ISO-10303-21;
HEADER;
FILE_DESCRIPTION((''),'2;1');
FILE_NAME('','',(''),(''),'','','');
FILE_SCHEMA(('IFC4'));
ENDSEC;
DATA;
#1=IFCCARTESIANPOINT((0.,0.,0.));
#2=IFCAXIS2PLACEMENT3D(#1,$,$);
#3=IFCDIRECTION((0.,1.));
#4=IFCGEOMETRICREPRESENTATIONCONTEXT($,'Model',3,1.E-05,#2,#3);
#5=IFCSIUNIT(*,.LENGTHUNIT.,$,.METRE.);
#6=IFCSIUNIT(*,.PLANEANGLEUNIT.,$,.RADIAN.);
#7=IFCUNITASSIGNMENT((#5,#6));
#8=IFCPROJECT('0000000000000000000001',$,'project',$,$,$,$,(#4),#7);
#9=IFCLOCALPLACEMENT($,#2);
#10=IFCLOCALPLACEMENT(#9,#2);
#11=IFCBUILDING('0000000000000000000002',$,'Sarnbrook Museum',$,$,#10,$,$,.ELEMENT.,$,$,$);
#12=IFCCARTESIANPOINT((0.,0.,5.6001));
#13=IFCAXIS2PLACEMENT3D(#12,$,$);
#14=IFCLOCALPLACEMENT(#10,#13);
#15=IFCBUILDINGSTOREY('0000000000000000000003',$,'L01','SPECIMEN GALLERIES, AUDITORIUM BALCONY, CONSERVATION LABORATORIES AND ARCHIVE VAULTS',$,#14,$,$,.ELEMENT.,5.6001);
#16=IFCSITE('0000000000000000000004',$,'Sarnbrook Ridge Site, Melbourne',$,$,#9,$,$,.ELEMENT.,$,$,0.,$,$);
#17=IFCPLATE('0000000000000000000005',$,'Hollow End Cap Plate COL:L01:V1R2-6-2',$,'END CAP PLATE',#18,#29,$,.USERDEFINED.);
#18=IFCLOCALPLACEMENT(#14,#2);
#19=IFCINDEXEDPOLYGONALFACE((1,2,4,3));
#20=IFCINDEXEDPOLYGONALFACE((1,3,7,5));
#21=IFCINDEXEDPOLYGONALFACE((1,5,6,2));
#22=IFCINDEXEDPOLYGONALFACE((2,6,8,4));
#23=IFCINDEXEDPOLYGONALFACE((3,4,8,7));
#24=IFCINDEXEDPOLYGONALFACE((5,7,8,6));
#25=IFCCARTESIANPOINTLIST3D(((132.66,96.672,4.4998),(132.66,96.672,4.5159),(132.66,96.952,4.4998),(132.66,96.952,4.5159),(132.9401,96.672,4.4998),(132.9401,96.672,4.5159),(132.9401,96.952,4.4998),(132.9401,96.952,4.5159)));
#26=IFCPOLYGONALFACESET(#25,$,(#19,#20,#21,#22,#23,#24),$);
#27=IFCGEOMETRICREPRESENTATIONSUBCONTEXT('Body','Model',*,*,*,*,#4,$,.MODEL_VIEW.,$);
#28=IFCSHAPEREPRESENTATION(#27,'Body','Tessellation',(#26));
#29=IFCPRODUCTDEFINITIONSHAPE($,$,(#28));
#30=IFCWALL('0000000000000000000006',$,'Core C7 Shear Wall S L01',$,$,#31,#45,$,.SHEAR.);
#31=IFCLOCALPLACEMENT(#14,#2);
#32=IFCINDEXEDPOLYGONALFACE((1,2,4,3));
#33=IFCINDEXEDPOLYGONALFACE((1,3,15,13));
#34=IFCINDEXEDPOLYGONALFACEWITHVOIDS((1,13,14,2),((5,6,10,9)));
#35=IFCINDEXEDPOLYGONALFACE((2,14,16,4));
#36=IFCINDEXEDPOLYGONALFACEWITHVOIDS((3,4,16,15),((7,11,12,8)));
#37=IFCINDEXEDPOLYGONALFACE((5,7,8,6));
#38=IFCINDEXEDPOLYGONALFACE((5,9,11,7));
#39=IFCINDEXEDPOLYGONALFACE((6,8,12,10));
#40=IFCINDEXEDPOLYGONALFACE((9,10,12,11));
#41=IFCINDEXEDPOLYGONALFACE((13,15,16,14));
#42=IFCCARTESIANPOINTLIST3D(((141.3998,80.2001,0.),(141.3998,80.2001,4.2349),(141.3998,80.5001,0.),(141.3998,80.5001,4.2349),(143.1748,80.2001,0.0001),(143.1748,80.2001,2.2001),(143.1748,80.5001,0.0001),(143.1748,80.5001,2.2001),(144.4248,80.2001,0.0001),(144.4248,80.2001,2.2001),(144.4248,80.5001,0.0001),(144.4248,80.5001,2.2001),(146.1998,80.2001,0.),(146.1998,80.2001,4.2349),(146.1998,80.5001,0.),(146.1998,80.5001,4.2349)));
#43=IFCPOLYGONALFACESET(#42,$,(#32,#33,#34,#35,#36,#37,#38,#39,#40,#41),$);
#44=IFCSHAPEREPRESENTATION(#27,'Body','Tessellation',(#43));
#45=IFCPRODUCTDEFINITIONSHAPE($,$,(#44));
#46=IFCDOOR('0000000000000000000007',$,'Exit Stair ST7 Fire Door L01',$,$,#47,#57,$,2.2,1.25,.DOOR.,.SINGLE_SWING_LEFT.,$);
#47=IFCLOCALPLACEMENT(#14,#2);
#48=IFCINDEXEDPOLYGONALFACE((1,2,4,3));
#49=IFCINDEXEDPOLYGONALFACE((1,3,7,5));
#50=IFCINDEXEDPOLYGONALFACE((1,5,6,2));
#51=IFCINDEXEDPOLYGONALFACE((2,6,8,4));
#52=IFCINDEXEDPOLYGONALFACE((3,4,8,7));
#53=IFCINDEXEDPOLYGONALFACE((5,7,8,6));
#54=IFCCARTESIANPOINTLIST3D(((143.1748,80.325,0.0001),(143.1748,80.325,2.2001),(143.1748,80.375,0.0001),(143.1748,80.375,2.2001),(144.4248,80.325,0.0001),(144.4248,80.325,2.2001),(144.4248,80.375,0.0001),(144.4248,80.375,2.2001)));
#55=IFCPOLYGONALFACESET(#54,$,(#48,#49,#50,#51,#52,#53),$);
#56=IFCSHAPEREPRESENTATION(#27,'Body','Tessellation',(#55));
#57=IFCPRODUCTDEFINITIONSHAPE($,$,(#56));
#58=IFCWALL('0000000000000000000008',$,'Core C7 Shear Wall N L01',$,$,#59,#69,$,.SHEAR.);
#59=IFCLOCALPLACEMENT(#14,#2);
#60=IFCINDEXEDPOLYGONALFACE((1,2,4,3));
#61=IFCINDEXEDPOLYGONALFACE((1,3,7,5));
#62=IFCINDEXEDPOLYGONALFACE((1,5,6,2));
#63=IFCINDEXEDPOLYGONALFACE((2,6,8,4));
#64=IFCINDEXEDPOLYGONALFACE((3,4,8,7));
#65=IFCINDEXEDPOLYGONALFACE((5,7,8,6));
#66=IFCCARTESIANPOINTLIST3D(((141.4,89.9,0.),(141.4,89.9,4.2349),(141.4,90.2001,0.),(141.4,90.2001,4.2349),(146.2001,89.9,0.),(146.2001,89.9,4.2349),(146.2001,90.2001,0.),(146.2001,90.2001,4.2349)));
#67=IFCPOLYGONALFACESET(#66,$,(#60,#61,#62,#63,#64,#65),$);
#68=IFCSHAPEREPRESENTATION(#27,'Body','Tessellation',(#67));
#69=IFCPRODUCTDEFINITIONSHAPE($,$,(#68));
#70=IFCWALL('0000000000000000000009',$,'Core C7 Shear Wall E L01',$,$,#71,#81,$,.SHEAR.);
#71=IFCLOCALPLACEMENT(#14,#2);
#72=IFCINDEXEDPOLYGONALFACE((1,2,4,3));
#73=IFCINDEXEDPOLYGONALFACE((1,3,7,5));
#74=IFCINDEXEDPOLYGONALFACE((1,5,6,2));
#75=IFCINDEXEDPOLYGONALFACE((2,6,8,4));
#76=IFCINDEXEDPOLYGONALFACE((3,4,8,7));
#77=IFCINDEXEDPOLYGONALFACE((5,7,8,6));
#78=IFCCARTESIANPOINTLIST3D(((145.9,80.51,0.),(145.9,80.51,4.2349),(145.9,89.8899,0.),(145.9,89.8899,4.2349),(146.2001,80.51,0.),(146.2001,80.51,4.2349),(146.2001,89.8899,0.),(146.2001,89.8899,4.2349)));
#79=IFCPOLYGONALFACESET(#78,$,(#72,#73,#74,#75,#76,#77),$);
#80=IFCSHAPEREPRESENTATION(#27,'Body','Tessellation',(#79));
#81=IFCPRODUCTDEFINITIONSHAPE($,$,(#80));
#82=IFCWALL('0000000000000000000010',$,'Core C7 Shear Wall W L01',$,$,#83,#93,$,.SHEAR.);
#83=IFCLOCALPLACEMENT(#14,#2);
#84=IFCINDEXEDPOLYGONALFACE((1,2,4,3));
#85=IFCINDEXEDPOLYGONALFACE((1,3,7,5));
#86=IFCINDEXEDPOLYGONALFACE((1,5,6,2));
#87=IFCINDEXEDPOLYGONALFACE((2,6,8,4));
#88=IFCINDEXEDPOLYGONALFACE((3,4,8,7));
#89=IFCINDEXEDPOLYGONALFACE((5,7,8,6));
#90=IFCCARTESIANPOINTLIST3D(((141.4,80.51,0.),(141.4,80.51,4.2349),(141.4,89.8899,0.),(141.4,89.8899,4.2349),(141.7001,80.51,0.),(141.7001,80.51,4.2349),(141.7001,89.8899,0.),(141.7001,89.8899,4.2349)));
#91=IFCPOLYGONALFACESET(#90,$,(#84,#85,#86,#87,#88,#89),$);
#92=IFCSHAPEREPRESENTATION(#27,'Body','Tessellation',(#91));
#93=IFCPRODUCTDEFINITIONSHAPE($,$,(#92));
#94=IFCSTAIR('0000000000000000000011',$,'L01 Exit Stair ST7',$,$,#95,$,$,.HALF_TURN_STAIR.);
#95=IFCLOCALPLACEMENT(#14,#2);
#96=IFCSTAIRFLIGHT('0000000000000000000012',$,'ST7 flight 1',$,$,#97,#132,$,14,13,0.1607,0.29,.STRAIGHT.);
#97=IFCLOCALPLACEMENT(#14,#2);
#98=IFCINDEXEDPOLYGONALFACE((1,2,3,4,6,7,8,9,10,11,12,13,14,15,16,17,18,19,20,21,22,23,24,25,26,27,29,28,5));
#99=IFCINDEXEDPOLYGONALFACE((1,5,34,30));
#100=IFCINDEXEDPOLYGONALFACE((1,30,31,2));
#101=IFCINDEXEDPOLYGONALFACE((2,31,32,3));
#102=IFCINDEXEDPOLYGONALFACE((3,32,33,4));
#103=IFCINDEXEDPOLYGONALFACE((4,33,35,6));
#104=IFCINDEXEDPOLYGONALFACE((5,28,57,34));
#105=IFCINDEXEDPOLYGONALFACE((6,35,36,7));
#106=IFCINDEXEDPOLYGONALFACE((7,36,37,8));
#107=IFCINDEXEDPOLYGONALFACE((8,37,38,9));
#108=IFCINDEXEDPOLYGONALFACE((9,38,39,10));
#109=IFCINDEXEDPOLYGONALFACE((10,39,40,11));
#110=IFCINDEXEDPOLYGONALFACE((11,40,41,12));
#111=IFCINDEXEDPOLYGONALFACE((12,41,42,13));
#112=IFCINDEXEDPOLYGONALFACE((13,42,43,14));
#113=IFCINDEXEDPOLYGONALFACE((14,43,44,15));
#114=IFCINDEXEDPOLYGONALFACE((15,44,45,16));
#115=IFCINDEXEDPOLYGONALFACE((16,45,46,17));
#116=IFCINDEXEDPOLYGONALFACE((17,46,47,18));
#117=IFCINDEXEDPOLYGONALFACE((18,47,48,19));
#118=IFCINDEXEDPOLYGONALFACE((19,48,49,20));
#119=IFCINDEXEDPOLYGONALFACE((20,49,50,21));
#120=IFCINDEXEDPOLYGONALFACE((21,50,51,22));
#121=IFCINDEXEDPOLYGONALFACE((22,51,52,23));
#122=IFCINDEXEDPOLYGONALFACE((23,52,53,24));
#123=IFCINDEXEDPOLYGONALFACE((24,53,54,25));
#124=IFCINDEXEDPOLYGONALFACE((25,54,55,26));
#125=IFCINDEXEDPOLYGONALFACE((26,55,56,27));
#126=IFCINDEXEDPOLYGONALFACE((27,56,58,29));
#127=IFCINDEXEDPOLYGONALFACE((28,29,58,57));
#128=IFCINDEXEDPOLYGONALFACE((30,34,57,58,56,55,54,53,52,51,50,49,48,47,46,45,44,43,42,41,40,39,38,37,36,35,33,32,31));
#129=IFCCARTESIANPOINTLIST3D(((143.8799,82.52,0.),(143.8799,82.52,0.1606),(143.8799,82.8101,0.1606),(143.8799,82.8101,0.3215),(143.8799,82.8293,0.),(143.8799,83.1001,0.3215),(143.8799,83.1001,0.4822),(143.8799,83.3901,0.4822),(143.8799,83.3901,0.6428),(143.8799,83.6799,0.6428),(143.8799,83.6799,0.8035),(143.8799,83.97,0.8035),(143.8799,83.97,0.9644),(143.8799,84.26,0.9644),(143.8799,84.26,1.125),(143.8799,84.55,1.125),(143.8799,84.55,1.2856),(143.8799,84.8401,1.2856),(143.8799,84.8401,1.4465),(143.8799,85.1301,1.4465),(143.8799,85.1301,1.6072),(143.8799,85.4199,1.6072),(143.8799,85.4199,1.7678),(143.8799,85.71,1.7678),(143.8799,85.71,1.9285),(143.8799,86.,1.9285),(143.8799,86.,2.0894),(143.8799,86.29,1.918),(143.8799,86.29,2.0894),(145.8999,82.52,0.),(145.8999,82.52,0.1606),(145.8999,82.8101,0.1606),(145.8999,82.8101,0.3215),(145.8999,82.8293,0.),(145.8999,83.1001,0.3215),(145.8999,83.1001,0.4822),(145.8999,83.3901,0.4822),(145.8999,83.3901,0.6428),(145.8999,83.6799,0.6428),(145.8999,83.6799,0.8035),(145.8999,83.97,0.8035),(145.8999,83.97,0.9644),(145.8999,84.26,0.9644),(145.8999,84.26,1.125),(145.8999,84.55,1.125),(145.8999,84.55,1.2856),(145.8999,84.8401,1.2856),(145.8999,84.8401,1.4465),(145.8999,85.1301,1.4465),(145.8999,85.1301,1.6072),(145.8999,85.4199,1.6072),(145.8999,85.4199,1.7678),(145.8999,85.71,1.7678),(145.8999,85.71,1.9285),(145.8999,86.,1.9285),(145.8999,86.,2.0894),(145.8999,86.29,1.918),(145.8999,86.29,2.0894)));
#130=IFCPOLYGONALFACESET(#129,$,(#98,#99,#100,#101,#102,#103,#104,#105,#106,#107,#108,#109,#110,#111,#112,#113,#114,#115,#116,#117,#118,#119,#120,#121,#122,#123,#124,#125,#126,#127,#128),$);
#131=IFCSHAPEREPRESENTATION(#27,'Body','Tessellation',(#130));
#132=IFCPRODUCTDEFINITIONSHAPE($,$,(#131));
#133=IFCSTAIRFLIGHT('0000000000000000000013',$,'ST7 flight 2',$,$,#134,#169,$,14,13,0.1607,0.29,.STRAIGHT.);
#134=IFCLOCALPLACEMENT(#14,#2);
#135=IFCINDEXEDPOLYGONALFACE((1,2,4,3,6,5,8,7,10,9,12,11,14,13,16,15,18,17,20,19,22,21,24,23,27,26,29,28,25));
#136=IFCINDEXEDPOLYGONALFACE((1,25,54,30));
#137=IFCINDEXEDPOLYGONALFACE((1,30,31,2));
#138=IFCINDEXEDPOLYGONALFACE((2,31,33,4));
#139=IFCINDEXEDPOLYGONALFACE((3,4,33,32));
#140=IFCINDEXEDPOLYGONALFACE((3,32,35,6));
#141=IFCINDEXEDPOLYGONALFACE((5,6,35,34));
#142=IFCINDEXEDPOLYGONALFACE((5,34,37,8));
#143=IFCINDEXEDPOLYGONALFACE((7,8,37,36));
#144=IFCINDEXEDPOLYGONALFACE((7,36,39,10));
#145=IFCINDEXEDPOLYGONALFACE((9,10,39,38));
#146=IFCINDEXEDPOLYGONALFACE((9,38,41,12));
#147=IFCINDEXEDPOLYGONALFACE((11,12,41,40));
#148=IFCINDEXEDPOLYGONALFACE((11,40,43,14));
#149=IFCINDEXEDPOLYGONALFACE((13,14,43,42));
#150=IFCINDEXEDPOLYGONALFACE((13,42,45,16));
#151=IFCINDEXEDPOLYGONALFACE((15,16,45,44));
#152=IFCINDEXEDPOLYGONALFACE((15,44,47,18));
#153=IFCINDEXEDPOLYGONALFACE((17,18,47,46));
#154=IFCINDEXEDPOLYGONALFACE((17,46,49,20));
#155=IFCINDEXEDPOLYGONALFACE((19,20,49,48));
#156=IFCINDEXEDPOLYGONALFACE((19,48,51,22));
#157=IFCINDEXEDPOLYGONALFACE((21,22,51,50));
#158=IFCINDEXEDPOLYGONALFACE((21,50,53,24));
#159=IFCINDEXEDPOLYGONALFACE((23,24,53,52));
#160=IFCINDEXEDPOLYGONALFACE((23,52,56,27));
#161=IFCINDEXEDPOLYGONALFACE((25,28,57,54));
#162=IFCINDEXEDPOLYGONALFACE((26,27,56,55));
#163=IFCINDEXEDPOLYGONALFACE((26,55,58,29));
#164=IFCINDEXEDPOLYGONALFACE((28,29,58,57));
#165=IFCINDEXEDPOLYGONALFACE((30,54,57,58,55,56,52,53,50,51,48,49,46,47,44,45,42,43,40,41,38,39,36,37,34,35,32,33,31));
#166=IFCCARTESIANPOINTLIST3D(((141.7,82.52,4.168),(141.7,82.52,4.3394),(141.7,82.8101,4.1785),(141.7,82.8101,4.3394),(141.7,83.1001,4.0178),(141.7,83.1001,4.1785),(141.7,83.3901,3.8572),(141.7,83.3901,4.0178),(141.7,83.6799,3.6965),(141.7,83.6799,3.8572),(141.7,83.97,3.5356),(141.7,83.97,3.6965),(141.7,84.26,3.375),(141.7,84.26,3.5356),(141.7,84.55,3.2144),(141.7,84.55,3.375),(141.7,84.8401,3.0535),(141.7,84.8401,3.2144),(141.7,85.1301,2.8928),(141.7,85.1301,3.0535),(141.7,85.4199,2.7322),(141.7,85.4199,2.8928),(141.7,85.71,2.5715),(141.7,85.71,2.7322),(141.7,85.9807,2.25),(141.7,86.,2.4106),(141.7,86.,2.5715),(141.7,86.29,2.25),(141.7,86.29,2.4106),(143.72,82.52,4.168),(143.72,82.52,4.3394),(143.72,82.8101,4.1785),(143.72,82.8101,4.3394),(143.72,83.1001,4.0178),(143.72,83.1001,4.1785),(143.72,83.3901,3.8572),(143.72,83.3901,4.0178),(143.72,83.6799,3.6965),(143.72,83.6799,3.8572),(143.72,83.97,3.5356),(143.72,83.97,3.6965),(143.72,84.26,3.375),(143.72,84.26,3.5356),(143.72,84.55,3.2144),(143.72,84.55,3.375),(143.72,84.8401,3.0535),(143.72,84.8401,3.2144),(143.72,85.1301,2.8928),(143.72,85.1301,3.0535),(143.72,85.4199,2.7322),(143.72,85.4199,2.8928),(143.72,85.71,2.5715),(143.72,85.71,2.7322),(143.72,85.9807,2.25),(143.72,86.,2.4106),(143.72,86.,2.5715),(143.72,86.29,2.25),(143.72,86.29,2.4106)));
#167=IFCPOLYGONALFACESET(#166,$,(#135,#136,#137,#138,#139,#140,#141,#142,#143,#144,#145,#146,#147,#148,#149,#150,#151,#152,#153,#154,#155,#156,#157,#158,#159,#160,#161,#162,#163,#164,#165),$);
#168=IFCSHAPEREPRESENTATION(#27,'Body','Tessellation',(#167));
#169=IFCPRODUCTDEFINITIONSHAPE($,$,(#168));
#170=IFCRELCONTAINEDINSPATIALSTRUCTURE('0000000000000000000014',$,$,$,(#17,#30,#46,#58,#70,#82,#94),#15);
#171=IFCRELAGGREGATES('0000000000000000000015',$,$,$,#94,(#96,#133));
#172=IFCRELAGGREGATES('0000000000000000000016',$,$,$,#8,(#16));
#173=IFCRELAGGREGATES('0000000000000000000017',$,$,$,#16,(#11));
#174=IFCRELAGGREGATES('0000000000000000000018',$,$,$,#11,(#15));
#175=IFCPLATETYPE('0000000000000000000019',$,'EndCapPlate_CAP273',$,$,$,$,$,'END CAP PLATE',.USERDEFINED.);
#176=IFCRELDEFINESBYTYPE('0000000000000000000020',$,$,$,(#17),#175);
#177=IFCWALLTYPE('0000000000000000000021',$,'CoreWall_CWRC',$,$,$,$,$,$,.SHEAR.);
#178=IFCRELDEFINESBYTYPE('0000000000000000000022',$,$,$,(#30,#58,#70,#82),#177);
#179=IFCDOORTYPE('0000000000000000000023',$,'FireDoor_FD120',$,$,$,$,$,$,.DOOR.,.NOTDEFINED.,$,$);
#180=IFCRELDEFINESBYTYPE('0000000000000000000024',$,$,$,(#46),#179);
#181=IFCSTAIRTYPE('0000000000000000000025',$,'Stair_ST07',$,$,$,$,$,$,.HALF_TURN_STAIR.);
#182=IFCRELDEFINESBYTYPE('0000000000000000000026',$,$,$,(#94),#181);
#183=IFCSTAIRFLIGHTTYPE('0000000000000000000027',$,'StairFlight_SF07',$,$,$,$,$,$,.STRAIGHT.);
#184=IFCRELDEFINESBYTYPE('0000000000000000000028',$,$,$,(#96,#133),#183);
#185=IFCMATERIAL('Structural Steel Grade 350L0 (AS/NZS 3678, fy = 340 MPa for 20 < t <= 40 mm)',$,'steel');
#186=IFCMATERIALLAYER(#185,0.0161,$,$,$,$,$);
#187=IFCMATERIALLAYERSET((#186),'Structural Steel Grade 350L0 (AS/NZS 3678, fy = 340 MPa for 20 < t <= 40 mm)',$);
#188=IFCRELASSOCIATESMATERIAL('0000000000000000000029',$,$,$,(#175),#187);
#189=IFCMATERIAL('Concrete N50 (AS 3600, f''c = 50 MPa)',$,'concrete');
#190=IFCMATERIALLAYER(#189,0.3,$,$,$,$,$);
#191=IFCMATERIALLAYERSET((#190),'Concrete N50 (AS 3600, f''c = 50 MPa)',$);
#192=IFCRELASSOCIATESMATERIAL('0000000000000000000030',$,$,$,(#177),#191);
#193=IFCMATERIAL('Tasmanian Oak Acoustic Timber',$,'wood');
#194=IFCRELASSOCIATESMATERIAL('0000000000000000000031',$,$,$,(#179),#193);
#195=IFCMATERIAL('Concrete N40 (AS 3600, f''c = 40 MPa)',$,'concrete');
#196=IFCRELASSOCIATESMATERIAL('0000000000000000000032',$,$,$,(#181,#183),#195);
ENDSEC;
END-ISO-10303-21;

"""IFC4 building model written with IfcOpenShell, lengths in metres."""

from ifc_helpers import new_model, si_unit, direction, frame, frame_2d, origin, origin_2d, place, context, subcontext, project, spatial, polyline, rectangle, outline, extrude, material, layer, layer_set, type_object, element, fill, aggregate, save


model = new_model("IFC4")

# Units and contexts
model_context = context("Model", 3, precision=1e-05, world=origin(), true_north=direction((0.0, 1.0)))
body_context = subcontext(model_context, "Body", "Model", "MODEL_VIEW")
ifc_project = project(units=[si_unit("LENGTHUNIT", "METRE"), si_unit("PLANEANGLEUNIT", "RADIAN")], contexts=[model_context])

# Site, building, storey
site_placement = place(None, origin())
site = spatial("IfcSite", under=ifc_project, at=site_placement, Name="Sarnbrook Ridge Site, Melbourne", CompositionType="ELEMENT", RefElevation=0.0)
building_placement = place(site_placement, origin())
building = spatial("IfcBuilding", under=site, at=building_placement, Name="Sarnbrook Museum", CompositionType="ELEMENT")
storey_placement = place(building_placement, frame((0.0, 0.0, 5.6001)))
storey = spatial("IfcBuildingStorey", under=building, at=storey_placement, Name="L01", Description="SPECIMEN GALLERIES, AUDITORIUM BALCONY, CONSERVATION LABORATORIES AND ARCHIVE VAULTS", CompositionType="ELEMENT", Elevation=5.6001)

# Shared definitions
ifc_material_1 = material(Name="Structural Steel Grade 350L0 (AS/NZS 3678, fy = 340 MPa for 20 < t <= 40 mm)", Category="steel")

# Plate
ifc_layer_1 = layer(ifc_material_1, 0.0161)
ifc_layer_set_1 = layer_set([ifc_layer_1], Name="Structural Steel Grade 350L0 (AS/NZS 3678, fy = 340 MPa for 20 < t <= 40 mm)")
plate_type = type_object("IfcPlateType", Name="EndCapPlate_CAP273", ElementType="END CAP PLATE", PredefinedType="USERDEFINED", material=ifc_layer_set_1)
for number, where, z_axis, x_axis, name in (
    (1, (132.8, 96.812, 4.4998), (0.0, 0.0, 1.0), (1.0, 0.0, 0.0), "Hollow End Cap Plate COL:L01:V1R2-6-2"),
):
    element("IfcPlate", number, at=place(storey_placement, frame(where, z_axis=z_axis, x_axis=x_axis)), inside=storey, type_object=plate_type, Name=name, ObjectType="END CAP PLATE", PredefinedType="USERDEFINED", context=body_context, shape_type="SweptSolid", body=[
        extrude(rectangle(XDim=0.28, YDim=0.28, at=origin_2d()), origin(), (0.0, 0.0, 1.0), 0.0161),
    ])

# Wall, opening, door
ifc_material_2 = material(Name="Concrete N50 (AS 3600, f'c = 50 MPa)", Category="concrete")
ifc_layer_2 = layer(ifc_material_2, 0.3)
ifc_layer_set_2 = layer_set([ifc_layer_2], Name="Concrete N50 (AS 3600, f'c = 50 MPa)")
wall_type = type_object("IfcWallType", Name="CoreWall_CWRC", PredefinedType="SHEAR", material=ifc_layer_set_2)
wall_1_placement = place(storey_placement, frame((141.3999, 80.3501, 0.0), z_axis=(0.0, 0.0, 1.0), x_axis=(1.0, 0.0, 0.0)))
wall_1 = element("IfcWall", 2, at=wall_1_placement, inside=storey, type_object=wall_type, Name="Core C7 Shear Wall S L01", PredefinedType="SHEAR", context=body_context, shape_type="SweptSolid", body=[
    extrude(rectangle(XDim=4.8, YDim=0.3, at=frame_2d((2.3999, 0.0))), origin(), (0.0, 0.0, 1.0), 4.2349),
])
opening_placement = place(wall_1_placement, frame((1.7749, 0.0, 0.0)))
opening = element("IfcOpeningElement", 3, at=opening_placement, cuts=wall_1, PredefinedType="OPENING", context=body_context, shape_type="SweptSolid", body=[
    extrude(rectangle(XDim=1.25, YDim=2.2, at=frame_2d((0.625, 1.1001))), frame((0.0, 0.1602, 0.0), z_axis=(0.0, -1.0, 0.0), x_axis=(1.0, 0.0, 0.0)), (0.0, 0.0, 1.0), 0.3201),
])
ifc_material_3 = material(Name="Tasmanian Oak Acoustic Timber", Category="wood")
door_type = type_object("IfcDoorType", Name="FireDoor_FD120", OperationType="NOTDEFINED", PredefinedType="DOOR", material=ifc_material_3)
door_placement = place(opening_placement, origin())
door = element("IfcDoor", 4, at=door_placement, inside=storey, type_object=door_type, Name="Exit Stair ST7 Fire Door L01", OperationType="SINGLE_SWING_LEFT", OverallHeight=2.2, OverallWidth=1.25, PredefinedType="DOOR", context=body_context, shape_type="SweptSolid", body=[
    extrude(rectangle(XDim=1.25, YDim=2.2, at=frame_2d((0.625, 1.1001))), frame((0.0, 0.0249, 0.0), z_axis=(0.0, -1.0, 0.0), x_axis=(1.0, 0.0, 0.0)), (0.0, 0.0, 1.0), 0.05),
])
fill(opening, door)

# Walls
wall_2_placement = place(storey_placement, frame((146.2, 90.05, 0.0), z_axis=(0.0, 0.0, 1.0), x_axis=(-1.0, 0.0, 0.0)))
element("IfcWall", 5, at=wall_2_placement, inside=storey, type_object=wall_type, Name="Core C7 Shear Wall N L01", PredefinedType="SHEAR", context=body_context, shape_type="SweptSolid", body=[
    extrude(rectangle(XDim=4.8, YDim=0.3, at=frame_2d((2.3999, 0.0))), origin(), (0.0, 0.0, 1.0), 4.2349),
])
for number, where, z_axis, x_axis, name in (
    (6, (146.05, 80.51, 0.0), (0.0, 0.0, 1.0), (0.0, 1.0, 0.0), "Core C7 Shear Wall E L01"),
    (7, (141.55, 89.8899, 0.0), (0.0, 0.0, 1.0), (0.0, -1.0, 0.0), "Core C7 Shear Wall W L01"),
):
    element("IfcWall", number, at=place(storey_placement, frame(where, z_axis=z_axis, x_axis=x_axis)), inside=storey, type_object=wall_type, Name=name, PredefinedType="SHEAR", context=body_context, shape_type="SweptSolid", body=[
        extrude(rectangle(XDim=9.3799, YDim=0.3, at=frame_2d((4.6899, 0.0))), origin(), (0.0, 0.0, 1.0), 4.2349),
    ])

# Stair, stair flights
ifc_material_4 = material(Name="Concrete N40 (AS 3600, f'c = 40 MPa)", Category="concrete")
stair_type = type_object("IfcStairType", Name="Stair_ST07", PredefinedType="HALF_TURN_STAIR", material=ifc_material_4)
stair_placement = place(storey_placement, origin())
stair = element("IfcStair", 8, at=stair_placement, inside=storey, type_object=stair_type, Name="L01 Exit Stair ST7", PredefinedType="HALF_TURN_STAIR")
stair_flight_type = type_object("IfcStairFlightType", Name="StairFlight_SF07", PredefinedType="STRAIGHT", material=ifc_material_4)
stair_flight_1_placement = place(storey_placement, frame((144.8899, 82.52, 0.0), z_axis=(0.0, 0.0, 1.0), x_axis=(0.0, 1.0, 0.0)))
stair_flight_1 = element("IfcStairFlight", 9, at=stair_flight_1_placement, type_object=stair_flight_type, Name="ST7 flight 1", NumberOfRisers=14, NumberOfTreads=13, PredefinedType="STRAIGHT", RiserHeight=0.1607, TreadLength=0.29, context=body_context, shape_type="SweptSolid", body=[
    extrude(outline(polyline([(0.0, 0.0), (0.0, 0.1606), (0.29, 0.1606), (0.29, 0.3215), (0.5801, 0.3215), (0.5801, 0.4822), (0.8701, 0.4822), (0.8701, 0.6428), (1.1599, 0.6428), (1.1599, 0.8035), (1.45, 0.8035), (1.45, 0.9644), (1.74, 0.9644), (1.74, 1.125), (2.03, 1.125), (2.03, 1.2856), (2.3201, 1.2856), (2.3201, 1.4465), (2.6101, 1.4465), (2.6101, 1.6072), (2.8999, 1.6072), (2.8999, 1.7678), (3.1899, 1.7678), (3.1899, 1.9285), (3.48, 1.9285), (3.48, 2.0894), (3.77, 2.0894), (3.77, 2.25), (3.77, 1.918), (0.3093, 0.0), (0.0, 0.0)])), frame((0.0, 1.01, 0.0), z_axis=(0.0, -1.0, 0.0), x_axis=(1.0, 0.0, 0.0)), (0.0, 0.0, 1.0), 2.02),
])
stair_flight_2_placement = place(storey_placement, frame((142.71, 86.29, 2.25), z_axis=(0.0, 0.0, 1.0), x_axis=(0.0, -1.0, 0.0)))
stair_flight_2 = element("IfcStairFlight", 10, at=stair_flight_2_placement, type_object=stair_flight_type, Name="ST7 flight 2", NumberOfRisers=14, NumberOfTreads=13, PredefinedType="STRAIGHT", RiserHeight=0.1607, TreadLength=0.29, context=body_context, shape_type="SweptSolid", body=[
    extrude(outline(polyline([(0.0, 0.0), (0.0, 0.1606), (0.29, 0.1606), (0.29, 0.3215), (0.5801, 0.3215), (0.5801, 0.4822), (0.8701, 0.4822), (0.8701, 0.6428), (1.1599, 0.6428), (1.1599, 0.8035), (1.45, 0.8035), (1.45, 0.9644), (1.74, 0.9644), (1.74, 1.125), (2.03, 1.125), (2.03, 1.2856), (2.3201, 1.2856), (2.3201, 1.4465), (2.6101, 1.4465), (2.6101, 1.6072), (2.8999, 1.6072), (2.8999, 1.7678), (3.1899, 1.7678), (3.1899, 1.9285), (3.48, 1.9285), (3.48, 2.0894), (3.77, 2.0894), (3.77, 2.25), (3.77, 1.918), (0.3093, 0.0), (0.0, 0.0)])), frame((0.0, 1.01, 0.0), z_axis=(0.0, -1.0, 0.0), x_axis=(1.0, 0.0, 0.0)), (0.0, 0.0, 1.0), 2.02),
])
aggregate(stair, [stair_flight_1, stair_flight_2])

save(model, "model.ifc")
